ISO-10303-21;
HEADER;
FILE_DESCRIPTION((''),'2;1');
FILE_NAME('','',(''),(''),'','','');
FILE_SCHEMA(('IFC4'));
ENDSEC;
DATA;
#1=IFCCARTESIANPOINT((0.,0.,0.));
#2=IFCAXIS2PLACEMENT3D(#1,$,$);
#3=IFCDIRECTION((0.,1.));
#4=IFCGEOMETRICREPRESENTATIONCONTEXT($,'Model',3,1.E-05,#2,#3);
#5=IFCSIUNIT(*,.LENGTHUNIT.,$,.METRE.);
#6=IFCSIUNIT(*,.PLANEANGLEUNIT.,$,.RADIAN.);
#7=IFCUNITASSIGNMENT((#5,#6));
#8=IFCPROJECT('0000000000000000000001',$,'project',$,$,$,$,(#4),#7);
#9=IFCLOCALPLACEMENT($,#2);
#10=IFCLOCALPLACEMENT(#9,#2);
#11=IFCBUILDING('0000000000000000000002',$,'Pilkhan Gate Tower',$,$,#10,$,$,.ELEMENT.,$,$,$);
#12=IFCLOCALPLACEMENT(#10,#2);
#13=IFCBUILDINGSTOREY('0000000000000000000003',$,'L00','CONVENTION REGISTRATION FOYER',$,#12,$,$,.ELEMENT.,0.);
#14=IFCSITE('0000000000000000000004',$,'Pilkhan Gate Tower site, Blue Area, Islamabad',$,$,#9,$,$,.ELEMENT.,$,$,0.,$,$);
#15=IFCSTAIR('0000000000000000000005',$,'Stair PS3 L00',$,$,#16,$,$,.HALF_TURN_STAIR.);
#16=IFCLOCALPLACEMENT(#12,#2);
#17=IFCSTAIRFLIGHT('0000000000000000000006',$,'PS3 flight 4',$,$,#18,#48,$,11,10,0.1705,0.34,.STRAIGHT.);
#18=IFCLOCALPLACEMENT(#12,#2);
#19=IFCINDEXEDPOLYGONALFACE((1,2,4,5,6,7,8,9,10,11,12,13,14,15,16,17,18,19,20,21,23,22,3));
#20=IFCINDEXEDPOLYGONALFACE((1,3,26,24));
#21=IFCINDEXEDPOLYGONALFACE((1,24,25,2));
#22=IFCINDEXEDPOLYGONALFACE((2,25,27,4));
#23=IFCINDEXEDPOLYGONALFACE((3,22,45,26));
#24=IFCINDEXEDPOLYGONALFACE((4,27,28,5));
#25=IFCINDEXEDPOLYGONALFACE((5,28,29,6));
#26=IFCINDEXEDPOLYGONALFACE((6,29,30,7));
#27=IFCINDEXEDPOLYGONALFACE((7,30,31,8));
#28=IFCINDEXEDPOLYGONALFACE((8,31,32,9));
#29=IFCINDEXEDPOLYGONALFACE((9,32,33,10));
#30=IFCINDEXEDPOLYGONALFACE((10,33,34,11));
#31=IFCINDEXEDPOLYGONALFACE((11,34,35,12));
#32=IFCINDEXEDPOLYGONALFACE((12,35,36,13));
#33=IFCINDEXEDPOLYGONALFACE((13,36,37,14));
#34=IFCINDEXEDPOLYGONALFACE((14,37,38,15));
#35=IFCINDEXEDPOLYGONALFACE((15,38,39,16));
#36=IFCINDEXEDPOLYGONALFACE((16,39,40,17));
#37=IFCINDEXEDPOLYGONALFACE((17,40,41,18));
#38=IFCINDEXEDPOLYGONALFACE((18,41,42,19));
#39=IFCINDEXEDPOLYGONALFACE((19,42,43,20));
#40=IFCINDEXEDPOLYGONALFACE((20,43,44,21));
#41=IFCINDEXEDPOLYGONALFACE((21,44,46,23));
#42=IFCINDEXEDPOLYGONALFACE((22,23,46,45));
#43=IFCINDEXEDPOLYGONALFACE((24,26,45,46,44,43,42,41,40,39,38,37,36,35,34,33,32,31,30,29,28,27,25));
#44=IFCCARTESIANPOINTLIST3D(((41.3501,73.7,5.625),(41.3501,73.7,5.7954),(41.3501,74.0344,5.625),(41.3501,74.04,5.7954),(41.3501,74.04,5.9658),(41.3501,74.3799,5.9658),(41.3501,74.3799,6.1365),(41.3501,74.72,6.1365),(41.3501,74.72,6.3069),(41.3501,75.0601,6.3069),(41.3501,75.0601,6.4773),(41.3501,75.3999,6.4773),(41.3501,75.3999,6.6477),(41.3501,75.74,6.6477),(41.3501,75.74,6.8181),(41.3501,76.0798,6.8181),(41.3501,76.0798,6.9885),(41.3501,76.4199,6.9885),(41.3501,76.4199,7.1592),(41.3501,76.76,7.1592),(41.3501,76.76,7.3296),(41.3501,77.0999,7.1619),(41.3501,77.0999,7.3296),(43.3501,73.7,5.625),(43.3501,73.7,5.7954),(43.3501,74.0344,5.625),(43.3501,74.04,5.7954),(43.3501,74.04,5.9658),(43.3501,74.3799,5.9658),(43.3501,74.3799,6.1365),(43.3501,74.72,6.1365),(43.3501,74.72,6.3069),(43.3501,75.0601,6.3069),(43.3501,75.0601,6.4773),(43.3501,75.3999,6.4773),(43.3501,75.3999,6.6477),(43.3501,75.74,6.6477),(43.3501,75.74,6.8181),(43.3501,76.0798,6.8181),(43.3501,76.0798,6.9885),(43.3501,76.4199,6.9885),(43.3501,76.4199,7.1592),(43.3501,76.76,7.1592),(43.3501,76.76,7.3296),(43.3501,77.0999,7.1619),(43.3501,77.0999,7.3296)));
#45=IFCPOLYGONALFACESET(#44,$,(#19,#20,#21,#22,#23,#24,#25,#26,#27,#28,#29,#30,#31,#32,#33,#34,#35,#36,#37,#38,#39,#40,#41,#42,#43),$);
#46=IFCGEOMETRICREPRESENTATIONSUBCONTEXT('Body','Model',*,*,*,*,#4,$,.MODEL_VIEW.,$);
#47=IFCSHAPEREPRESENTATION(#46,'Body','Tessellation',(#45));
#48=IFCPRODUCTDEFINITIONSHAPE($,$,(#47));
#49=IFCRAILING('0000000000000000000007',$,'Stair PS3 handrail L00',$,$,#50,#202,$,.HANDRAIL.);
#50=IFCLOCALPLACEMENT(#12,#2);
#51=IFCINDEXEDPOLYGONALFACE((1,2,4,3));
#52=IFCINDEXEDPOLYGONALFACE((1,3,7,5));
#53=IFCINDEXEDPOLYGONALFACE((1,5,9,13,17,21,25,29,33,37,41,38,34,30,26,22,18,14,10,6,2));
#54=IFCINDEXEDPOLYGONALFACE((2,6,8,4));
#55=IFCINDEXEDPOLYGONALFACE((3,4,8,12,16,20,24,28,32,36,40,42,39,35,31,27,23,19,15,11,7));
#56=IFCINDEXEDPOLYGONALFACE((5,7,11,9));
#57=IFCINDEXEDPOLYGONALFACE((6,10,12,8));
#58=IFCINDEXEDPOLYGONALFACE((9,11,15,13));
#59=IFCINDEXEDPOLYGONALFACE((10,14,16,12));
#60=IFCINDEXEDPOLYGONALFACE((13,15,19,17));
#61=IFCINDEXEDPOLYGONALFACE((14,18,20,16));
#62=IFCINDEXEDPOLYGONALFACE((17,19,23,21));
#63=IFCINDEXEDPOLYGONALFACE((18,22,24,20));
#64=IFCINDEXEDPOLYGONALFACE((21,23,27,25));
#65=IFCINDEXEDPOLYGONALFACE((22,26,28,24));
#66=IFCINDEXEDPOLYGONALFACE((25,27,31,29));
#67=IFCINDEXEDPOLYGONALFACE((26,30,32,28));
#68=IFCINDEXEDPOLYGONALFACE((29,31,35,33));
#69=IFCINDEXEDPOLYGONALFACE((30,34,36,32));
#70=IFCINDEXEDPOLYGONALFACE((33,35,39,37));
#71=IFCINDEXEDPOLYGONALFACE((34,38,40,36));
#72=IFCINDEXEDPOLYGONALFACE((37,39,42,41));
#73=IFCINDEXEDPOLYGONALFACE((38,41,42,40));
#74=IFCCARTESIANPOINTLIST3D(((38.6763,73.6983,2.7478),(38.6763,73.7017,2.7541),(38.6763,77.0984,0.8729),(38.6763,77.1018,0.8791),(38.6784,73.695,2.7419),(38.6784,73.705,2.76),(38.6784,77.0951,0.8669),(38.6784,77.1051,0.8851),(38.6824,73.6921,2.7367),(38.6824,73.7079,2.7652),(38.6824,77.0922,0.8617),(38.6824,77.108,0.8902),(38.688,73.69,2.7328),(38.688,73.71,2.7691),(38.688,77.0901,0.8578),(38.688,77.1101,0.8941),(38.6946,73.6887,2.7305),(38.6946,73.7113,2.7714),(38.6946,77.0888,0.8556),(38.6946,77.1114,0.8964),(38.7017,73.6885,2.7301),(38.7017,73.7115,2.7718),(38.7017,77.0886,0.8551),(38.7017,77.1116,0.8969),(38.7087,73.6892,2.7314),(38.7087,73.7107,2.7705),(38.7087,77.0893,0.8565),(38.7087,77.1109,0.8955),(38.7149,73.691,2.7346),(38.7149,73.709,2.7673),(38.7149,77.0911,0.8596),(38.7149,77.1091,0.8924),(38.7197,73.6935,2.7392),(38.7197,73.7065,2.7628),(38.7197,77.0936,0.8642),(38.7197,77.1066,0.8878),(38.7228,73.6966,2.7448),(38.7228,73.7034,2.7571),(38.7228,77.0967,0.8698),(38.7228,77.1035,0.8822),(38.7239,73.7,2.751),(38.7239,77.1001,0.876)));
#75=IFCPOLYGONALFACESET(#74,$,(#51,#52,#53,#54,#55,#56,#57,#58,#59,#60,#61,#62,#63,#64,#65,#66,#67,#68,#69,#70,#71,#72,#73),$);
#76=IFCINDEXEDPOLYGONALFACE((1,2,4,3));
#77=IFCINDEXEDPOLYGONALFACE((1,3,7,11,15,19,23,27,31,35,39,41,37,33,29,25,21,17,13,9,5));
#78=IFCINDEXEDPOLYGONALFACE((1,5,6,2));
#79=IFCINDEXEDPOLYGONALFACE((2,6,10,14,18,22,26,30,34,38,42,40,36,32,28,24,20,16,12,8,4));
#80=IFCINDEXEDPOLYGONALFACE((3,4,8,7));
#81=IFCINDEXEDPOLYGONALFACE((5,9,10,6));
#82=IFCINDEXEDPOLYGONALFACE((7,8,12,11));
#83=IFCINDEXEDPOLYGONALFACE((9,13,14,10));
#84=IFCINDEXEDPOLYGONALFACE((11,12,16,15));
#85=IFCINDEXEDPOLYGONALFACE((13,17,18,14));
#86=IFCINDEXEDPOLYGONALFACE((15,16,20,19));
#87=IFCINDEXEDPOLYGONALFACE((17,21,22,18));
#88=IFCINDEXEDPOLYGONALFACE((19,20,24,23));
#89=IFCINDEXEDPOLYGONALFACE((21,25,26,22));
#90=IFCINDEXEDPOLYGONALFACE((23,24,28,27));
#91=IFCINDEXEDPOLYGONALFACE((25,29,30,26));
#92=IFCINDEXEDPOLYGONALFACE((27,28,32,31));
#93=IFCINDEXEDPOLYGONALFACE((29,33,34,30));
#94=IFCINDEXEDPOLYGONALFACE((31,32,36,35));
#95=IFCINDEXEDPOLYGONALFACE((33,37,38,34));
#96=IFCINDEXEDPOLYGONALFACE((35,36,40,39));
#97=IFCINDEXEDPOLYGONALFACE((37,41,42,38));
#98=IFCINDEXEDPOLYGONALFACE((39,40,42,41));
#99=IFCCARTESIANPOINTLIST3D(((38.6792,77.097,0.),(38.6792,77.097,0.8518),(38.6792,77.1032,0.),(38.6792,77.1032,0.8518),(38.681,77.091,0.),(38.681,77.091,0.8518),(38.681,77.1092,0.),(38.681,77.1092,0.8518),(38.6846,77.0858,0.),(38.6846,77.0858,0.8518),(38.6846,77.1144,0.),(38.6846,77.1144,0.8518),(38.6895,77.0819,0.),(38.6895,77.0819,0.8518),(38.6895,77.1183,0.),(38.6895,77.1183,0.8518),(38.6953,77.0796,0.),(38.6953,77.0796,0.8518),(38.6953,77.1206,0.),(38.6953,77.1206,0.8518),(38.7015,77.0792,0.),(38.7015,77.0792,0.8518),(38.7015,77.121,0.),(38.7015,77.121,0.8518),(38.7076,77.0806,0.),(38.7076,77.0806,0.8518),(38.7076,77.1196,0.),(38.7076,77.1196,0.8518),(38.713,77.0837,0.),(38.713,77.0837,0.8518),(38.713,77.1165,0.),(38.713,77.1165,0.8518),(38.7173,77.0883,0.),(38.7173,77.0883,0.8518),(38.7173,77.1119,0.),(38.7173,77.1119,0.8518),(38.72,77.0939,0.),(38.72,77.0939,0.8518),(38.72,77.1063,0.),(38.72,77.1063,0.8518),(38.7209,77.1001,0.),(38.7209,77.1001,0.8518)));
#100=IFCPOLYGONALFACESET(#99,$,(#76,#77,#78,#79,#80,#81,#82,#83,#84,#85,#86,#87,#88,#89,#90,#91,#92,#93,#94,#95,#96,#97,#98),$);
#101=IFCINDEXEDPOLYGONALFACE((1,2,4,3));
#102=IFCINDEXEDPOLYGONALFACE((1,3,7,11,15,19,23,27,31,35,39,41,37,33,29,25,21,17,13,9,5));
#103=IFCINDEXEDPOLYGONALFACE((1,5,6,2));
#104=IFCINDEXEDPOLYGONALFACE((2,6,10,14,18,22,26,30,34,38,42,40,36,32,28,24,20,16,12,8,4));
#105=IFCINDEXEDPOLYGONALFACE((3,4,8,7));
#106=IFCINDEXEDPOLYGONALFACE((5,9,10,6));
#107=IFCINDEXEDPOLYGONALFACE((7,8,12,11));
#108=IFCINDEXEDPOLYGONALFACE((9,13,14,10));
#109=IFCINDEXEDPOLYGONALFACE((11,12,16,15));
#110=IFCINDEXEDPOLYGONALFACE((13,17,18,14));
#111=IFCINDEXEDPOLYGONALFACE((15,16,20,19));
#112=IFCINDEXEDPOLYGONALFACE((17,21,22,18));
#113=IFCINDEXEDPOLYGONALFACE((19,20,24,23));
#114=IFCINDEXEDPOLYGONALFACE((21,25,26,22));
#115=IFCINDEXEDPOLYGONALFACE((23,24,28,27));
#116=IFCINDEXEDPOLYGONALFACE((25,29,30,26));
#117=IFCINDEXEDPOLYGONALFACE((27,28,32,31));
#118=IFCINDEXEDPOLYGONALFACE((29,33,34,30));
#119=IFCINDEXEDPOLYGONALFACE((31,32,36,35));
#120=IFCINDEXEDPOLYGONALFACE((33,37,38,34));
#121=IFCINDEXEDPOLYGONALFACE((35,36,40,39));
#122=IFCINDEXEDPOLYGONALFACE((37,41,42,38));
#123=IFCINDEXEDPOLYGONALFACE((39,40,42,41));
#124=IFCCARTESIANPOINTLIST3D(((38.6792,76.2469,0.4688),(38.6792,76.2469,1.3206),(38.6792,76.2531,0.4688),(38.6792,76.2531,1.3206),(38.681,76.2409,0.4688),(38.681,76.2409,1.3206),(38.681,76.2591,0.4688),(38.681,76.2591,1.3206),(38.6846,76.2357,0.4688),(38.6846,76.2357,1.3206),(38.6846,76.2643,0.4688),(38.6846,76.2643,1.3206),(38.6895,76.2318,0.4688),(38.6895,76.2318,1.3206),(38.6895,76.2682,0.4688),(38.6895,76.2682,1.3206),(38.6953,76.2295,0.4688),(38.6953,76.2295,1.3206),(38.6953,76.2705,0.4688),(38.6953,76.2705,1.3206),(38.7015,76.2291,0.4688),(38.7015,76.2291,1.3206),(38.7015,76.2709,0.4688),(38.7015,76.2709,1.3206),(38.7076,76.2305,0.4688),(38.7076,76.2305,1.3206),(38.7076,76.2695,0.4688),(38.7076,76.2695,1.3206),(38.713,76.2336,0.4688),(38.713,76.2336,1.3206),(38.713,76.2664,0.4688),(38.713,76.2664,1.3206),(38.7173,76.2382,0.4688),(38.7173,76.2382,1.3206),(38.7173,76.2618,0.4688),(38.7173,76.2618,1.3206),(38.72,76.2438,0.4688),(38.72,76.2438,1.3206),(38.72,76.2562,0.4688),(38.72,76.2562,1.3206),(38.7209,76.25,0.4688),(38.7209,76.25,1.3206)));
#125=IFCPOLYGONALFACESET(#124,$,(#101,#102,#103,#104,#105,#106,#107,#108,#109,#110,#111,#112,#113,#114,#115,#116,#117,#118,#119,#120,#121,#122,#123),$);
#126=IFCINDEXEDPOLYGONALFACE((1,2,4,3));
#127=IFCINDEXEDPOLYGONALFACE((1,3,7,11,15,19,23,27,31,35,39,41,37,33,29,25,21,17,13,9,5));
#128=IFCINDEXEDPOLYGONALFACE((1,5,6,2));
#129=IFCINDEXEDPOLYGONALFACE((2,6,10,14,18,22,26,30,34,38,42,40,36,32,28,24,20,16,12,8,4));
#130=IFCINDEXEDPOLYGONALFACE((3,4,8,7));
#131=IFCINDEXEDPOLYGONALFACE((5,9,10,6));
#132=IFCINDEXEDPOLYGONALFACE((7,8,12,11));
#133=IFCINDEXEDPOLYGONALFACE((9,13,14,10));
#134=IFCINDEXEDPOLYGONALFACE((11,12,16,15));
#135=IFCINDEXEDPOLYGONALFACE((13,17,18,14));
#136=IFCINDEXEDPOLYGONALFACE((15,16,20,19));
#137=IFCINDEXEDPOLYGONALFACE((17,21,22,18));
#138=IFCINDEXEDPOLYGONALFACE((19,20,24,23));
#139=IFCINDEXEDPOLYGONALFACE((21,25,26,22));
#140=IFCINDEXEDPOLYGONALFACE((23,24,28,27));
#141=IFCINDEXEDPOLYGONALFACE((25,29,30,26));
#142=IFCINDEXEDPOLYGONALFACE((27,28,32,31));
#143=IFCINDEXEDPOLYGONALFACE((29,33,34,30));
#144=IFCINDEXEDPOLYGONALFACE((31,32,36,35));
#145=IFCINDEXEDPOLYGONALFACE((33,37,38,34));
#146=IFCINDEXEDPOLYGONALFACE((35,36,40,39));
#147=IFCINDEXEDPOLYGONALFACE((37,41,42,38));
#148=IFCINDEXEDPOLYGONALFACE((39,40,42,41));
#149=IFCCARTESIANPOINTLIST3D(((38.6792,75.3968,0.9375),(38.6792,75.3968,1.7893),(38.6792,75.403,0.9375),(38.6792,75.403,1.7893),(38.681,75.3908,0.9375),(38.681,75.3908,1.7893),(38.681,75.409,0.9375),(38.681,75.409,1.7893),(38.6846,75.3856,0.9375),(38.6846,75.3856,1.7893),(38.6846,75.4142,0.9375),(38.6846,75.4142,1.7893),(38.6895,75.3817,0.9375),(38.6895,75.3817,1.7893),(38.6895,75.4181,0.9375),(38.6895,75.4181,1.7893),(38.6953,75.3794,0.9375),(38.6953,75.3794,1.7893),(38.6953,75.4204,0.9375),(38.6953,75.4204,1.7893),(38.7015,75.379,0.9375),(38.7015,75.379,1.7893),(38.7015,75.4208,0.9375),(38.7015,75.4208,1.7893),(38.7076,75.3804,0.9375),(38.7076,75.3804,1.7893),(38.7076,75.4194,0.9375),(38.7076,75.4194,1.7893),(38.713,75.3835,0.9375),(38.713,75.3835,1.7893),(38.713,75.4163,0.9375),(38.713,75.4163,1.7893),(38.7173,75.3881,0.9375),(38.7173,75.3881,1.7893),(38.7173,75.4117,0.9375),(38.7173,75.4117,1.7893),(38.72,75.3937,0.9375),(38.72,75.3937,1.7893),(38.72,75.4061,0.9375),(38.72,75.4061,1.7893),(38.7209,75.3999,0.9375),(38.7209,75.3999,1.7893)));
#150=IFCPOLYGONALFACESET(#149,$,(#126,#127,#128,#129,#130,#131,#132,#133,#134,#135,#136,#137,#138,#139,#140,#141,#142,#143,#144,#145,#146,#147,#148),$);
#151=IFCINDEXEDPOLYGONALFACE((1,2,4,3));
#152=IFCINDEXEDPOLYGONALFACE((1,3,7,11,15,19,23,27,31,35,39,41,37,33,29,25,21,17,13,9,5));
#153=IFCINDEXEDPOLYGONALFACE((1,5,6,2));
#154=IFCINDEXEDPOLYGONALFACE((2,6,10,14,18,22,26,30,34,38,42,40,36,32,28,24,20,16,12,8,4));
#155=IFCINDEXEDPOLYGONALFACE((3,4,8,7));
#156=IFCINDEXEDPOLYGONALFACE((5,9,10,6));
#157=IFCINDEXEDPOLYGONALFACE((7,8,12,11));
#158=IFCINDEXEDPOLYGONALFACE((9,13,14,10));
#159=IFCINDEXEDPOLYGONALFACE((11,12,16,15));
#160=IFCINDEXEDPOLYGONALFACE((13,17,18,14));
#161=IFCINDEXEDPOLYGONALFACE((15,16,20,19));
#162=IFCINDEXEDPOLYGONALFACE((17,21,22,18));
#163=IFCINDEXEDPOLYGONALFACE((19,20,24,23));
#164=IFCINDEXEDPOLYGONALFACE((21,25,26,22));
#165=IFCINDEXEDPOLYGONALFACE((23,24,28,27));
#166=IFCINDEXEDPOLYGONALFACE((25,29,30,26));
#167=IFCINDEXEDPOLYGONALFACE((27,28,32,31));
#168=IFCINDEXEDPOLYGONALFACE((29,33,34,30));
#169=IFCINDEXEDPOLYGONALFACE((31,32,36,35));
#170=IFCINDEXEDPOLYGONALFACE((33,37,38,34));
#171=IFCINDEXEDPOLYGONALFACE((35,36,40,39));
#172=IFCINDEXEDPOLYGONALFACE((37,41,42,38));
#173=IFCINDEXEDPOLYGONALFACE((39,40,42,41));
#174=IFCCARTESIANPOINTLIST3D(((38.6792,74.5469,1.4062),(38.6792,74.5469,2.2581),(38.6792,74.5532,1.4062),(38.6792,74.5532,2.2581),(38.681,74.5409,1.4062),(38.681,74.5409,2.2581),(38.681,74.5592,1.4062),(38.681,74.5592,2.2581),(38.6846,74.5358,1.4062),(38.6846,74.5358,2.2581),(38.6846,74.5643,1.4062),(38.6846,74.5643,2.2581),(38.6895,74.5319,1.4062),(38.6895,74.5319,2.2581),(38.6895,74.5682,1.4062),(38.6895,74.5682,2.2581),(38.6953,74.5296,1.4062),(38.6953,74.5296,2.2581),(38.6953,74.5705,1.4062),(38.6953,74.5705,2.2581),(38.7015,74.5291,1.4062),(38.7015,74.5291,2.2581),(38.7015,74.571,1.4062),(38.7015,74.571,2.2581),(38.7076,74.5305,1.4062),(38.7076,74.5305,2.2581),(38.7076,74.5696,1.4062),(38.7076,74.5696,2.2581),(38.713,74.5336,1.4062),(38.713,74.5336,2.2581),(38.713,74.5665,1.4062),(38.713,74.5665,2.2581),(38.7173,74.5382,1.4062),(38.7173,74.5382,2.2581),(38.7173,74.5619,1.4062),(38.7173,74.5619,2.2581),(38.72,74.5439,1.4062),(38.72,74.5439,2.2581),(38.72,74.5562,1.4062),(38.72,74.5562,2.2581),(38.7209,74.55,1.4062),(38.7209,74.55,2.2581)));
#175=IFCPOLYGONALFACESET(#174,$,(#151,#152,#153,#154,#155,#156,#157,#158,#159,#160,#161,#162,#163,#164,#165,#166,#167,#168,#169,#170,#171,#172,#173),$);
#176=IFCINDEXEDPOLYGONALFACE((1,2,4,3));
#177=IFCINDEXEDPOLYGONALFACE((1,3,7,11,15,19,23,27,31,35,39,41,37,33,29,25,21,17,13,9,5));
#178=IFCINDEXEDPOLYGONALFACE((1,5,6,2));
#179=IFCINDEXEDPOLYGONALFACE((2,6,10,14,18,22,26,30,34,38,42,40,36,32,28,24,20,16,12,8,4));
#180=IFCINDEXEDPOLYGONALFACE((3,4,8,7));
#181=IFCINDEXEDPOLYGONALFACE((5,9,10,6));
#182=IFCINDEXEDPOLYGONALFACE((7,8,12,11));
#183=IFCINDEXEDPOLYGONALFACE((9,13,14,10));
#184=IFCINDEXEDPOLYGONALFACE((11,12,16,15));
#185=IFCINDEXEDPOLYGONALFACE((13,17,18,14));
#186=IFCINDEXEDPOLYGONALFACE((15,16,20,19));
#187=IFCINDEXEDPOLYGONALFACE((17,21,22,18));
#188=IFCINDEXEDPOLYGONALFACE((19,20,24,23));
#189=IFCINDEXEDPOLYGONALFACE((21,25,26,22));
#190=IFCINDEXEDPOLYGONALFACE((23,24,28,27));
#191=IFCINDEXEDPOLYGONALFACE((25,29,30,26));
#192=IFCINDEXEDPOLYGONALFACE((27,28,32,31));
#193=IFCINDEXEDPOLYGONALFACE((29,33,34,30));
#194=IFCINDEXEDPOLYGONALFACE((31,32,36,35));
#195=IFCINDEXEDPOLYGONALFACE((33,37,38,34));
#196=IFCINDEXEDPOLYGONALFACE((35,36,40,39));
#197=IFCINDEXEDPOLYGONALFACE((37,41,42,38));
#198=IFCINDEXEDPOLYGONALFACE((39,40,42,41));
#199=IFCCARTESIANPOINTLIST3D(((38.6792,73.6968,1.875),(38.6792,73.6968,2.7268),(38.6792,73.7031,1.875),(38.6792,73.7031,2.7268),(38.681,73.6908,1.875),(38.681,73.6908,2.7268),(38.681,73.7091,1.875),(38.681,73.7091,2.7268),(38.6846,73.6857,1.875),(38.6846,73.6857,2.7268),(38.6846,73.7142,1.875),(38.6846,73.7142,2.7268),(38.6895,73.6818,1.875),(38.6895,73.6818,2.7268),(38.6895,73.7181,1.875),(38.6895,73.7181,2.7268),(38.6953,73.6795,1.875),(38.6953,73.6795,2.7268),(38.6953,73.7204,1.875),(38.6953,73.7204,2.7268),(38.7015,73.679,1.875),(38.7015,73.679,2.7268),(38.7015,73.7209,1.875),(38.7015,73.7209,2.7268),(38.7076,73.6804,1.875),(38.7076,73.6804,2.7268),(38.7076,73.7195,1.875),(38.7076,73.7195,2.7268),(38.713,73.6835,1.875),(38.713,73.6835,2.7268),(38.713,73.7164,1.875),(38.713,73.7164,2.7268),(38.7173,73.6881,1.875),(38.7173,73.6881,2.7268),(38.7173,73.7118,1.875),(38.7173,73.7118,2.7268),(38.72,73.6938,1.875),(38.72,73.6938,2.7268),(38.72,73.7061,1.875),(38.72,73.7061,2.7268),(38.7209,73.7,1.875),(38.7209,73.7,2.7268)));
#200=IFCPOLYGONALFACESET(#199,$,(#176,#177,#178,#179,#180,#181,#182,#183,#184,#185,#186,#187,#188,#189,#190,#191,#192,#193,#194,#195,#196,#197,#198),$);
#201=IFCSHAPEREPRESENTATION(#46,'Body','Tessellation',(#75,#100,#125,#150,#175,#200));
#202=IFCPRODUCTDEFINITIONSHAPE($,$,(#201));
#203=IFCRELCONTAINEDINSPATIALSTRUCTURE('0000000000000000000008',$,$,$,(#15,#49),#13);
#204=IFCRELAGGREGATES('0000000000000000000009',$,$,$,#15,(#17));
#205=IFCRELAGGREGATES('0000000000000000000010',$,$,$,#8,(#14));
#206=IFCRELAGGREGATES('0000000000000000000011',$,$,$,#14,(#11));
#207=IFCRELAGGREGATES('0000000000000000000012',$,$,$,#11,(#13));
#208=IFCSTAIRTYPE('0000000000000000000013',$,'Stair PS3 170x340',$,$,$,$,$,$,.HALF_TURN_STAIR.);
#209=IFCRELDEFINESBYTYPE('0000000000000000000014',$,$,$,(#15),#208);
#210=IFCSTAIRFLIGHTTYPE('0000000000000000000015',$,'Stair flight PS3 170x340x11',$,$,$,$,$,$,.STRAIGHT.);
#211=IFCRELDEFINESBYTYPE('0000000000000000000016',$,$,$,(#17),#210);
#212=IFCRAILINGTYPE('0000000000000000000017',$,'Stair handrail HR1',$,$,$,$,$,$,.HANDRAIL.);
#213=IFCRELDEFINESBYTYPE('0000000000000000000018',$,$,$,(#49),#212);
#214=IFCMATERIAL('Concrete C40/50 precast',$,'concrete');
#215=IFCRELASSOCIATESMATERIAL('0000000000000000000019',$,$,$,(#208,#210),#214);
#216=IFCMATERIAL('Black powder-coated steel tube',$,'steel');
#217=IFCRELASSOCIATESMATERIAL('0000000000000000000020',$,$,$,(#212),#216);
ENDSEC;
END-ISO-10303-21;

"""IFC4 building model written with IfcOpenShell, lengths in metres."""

from ifc_helpers import new_model, si_unit, direction, frame, origin, origin_2d, place, context, subcontext, project, spatial, polyline, circle, outline, extrude, material, type_object, element, aggregate, save


model = new_model("IFC4")

# Units and contexts
model_context = context("Model", 3, precision=1e-05, world=origin(), true_north=direction((0.0, 1.0)))
body_context = subcontext(model_context, "Body", "Model", "MODEL_VIEW")
ifc_project = project(units=[si_unit("LENGTHUNIT", "METRE"), si_unit("PLANEANGLEUNIT", "RADIAN")], contexts=[model_context])

# Site, building, storey
site_placement = place(None, origin())
site = spatial("IfcSite", under=ifc_project, at=site_placement, Name="Pilkhan Gate Tower site, Blue Area, Islamabad", CompositionType="ELEMENT", RefElevation=0.0)
building_placement = place(site_placement, origin())
building = spatial("IfcBuilding", under=site, at=building_placement, Name="Pilkhan Gate Tower", CompositionType="ELEMENT")
storey_placement = place(building_placement, origin())
storey = spatial("IfcBuildingStorey", under=building, at=storey_placement, Name="L00", Description="CONVENTION REGISTRATION FOYER", CompositionType="ELEMENT", Elevation=0.0)

# Stair, stair flight
ifc_material_1 = material(Name="Concrete C40/50 precast", Category="concrete")
stair_type = type_object("IfcStairType", Name="Stair PS3 170x340", PredefinedType="HALF_TURN_STAIR", material=ifc_material_1)
stair_placement = place(storey_placement, origin())
stair = element("IfcStair", 1, at=stair_placement, inside=storey, type_object=stair_type, Name="Stair PS3 L00", PredefinedType="HALF_TURN_STAIR")
stair_flight_type = type_object("IfcStairFlightType", Name="Stair flight PS3 170x340x11", PredefinedType="STRAIGHT", material=ifc_material_1)
stair_flight_1_placement = place(storey_placement, frame((42.3501, 73.7, 5.625), z_axis=(0.0, 0.0, 1.0), x_axis=(0.0, 1.0, 0.0)))
stair_flight_1 = element("IfcStairFlight", 2, at=stair_flight_1_placement, type_object=stair_flight_type, Name="PS3 flight 4", NumberOfRisers=11, NumberOfTreads=10, PredefinedType="STRAIGHT", RiserHeight=0.1705, TreadLength=0.34, context=body_context, shape_type="SweptSolid", body=[
    extrude(outline(polyline([(0.0, 0.0), (0.0, 0.1704), (0.3401, 0.1704), (0.3401, 0.3408), (0.6799, 0.3408), (0.6799, 0.5115), (1.02, 0.5115), (1.02, 0.6819), (1.3601, 0.6819), (1.3601, 0.8523), (1.7, 0.8523), (1.7, 1.0227), (2.04, 1.0227), (2.04, 1.1931), (2.3799, 1.1931), (2.3799, 1.3635), (2.72, 1.3635), (2.72, 1.5342), (3.0601, 1.5342), (3.0601, 1.7046), (3.3999, 1.7046), (3.3999, 1.875), (3.3999, 1.5369), (0.3345, 0.0), (0.0, 0.0)])), frame((0.0, 1.0, 0.0), z_axis=(0.0, -1.0, 0.0), x_axis=(1.0, 0.0, 0.0)), (0.0, 0.0, 1.0), 2.0),
])
aggregate(stair, [stair_flight_1])

# Railing
ifc_material_2 = material(Name="Black powder-coated steel tube", Category="steel")
railing_type_1 = type_object("IfcRailingType", Name="Stair handrail HR1", PredefinedType="HANDRAIL", material=ifc_material_2)
railing_1_placement = place(storey_placement, frame((38.7, 77.1001, 0.0)))
element("IfcRailing", 3, at=railing_1_placement, inside=storey, type_object=railing_type_1, Name="Stair PS3 handrail L00", PredefinedType="HANDRAIL", context=body_context, shape_type="SweptSolid", body=[
    extrude(circle(Radius=0.0239, at=origin_2d()), frame((0.0, 0.0, 0.876), z_axis=(0.0, -0.87568, 0.482891), x_axis=(1.0, 0.0, 0.0)), (0.0, 0.0, 1.0), 3.8828),
    extrude(circle(Radius=0.021, at=origin_2d()), origin(), (0.0, 0.0, 1.0), 0.8518),
    extrude(circle(Radius=0.021, at=origin_2d()), frame((0.0, -0.8501, 0.4688)), (0.0, 0.0, 1.0), 0.8518),
    extrude(circle(Radius=0.021, at=origin_2d()), frame((0.0, -1.7002, 0.9375)), (0.0, 0.0, 1.0), 0.8518),
    extrude(circle(Radius=0.021, at=origin_2d()), frame((0.0, -2.55, 1.4062)), (0.0, 0.0, 1.0), 0.8518),
    extrude(circle(Radius=0.021, at=origin_2d()), frame((0.0, -3.4001, 1.875)), (0.0, 0.0, 1.0), 0.8518),
])

save(model, "model.ifc")
